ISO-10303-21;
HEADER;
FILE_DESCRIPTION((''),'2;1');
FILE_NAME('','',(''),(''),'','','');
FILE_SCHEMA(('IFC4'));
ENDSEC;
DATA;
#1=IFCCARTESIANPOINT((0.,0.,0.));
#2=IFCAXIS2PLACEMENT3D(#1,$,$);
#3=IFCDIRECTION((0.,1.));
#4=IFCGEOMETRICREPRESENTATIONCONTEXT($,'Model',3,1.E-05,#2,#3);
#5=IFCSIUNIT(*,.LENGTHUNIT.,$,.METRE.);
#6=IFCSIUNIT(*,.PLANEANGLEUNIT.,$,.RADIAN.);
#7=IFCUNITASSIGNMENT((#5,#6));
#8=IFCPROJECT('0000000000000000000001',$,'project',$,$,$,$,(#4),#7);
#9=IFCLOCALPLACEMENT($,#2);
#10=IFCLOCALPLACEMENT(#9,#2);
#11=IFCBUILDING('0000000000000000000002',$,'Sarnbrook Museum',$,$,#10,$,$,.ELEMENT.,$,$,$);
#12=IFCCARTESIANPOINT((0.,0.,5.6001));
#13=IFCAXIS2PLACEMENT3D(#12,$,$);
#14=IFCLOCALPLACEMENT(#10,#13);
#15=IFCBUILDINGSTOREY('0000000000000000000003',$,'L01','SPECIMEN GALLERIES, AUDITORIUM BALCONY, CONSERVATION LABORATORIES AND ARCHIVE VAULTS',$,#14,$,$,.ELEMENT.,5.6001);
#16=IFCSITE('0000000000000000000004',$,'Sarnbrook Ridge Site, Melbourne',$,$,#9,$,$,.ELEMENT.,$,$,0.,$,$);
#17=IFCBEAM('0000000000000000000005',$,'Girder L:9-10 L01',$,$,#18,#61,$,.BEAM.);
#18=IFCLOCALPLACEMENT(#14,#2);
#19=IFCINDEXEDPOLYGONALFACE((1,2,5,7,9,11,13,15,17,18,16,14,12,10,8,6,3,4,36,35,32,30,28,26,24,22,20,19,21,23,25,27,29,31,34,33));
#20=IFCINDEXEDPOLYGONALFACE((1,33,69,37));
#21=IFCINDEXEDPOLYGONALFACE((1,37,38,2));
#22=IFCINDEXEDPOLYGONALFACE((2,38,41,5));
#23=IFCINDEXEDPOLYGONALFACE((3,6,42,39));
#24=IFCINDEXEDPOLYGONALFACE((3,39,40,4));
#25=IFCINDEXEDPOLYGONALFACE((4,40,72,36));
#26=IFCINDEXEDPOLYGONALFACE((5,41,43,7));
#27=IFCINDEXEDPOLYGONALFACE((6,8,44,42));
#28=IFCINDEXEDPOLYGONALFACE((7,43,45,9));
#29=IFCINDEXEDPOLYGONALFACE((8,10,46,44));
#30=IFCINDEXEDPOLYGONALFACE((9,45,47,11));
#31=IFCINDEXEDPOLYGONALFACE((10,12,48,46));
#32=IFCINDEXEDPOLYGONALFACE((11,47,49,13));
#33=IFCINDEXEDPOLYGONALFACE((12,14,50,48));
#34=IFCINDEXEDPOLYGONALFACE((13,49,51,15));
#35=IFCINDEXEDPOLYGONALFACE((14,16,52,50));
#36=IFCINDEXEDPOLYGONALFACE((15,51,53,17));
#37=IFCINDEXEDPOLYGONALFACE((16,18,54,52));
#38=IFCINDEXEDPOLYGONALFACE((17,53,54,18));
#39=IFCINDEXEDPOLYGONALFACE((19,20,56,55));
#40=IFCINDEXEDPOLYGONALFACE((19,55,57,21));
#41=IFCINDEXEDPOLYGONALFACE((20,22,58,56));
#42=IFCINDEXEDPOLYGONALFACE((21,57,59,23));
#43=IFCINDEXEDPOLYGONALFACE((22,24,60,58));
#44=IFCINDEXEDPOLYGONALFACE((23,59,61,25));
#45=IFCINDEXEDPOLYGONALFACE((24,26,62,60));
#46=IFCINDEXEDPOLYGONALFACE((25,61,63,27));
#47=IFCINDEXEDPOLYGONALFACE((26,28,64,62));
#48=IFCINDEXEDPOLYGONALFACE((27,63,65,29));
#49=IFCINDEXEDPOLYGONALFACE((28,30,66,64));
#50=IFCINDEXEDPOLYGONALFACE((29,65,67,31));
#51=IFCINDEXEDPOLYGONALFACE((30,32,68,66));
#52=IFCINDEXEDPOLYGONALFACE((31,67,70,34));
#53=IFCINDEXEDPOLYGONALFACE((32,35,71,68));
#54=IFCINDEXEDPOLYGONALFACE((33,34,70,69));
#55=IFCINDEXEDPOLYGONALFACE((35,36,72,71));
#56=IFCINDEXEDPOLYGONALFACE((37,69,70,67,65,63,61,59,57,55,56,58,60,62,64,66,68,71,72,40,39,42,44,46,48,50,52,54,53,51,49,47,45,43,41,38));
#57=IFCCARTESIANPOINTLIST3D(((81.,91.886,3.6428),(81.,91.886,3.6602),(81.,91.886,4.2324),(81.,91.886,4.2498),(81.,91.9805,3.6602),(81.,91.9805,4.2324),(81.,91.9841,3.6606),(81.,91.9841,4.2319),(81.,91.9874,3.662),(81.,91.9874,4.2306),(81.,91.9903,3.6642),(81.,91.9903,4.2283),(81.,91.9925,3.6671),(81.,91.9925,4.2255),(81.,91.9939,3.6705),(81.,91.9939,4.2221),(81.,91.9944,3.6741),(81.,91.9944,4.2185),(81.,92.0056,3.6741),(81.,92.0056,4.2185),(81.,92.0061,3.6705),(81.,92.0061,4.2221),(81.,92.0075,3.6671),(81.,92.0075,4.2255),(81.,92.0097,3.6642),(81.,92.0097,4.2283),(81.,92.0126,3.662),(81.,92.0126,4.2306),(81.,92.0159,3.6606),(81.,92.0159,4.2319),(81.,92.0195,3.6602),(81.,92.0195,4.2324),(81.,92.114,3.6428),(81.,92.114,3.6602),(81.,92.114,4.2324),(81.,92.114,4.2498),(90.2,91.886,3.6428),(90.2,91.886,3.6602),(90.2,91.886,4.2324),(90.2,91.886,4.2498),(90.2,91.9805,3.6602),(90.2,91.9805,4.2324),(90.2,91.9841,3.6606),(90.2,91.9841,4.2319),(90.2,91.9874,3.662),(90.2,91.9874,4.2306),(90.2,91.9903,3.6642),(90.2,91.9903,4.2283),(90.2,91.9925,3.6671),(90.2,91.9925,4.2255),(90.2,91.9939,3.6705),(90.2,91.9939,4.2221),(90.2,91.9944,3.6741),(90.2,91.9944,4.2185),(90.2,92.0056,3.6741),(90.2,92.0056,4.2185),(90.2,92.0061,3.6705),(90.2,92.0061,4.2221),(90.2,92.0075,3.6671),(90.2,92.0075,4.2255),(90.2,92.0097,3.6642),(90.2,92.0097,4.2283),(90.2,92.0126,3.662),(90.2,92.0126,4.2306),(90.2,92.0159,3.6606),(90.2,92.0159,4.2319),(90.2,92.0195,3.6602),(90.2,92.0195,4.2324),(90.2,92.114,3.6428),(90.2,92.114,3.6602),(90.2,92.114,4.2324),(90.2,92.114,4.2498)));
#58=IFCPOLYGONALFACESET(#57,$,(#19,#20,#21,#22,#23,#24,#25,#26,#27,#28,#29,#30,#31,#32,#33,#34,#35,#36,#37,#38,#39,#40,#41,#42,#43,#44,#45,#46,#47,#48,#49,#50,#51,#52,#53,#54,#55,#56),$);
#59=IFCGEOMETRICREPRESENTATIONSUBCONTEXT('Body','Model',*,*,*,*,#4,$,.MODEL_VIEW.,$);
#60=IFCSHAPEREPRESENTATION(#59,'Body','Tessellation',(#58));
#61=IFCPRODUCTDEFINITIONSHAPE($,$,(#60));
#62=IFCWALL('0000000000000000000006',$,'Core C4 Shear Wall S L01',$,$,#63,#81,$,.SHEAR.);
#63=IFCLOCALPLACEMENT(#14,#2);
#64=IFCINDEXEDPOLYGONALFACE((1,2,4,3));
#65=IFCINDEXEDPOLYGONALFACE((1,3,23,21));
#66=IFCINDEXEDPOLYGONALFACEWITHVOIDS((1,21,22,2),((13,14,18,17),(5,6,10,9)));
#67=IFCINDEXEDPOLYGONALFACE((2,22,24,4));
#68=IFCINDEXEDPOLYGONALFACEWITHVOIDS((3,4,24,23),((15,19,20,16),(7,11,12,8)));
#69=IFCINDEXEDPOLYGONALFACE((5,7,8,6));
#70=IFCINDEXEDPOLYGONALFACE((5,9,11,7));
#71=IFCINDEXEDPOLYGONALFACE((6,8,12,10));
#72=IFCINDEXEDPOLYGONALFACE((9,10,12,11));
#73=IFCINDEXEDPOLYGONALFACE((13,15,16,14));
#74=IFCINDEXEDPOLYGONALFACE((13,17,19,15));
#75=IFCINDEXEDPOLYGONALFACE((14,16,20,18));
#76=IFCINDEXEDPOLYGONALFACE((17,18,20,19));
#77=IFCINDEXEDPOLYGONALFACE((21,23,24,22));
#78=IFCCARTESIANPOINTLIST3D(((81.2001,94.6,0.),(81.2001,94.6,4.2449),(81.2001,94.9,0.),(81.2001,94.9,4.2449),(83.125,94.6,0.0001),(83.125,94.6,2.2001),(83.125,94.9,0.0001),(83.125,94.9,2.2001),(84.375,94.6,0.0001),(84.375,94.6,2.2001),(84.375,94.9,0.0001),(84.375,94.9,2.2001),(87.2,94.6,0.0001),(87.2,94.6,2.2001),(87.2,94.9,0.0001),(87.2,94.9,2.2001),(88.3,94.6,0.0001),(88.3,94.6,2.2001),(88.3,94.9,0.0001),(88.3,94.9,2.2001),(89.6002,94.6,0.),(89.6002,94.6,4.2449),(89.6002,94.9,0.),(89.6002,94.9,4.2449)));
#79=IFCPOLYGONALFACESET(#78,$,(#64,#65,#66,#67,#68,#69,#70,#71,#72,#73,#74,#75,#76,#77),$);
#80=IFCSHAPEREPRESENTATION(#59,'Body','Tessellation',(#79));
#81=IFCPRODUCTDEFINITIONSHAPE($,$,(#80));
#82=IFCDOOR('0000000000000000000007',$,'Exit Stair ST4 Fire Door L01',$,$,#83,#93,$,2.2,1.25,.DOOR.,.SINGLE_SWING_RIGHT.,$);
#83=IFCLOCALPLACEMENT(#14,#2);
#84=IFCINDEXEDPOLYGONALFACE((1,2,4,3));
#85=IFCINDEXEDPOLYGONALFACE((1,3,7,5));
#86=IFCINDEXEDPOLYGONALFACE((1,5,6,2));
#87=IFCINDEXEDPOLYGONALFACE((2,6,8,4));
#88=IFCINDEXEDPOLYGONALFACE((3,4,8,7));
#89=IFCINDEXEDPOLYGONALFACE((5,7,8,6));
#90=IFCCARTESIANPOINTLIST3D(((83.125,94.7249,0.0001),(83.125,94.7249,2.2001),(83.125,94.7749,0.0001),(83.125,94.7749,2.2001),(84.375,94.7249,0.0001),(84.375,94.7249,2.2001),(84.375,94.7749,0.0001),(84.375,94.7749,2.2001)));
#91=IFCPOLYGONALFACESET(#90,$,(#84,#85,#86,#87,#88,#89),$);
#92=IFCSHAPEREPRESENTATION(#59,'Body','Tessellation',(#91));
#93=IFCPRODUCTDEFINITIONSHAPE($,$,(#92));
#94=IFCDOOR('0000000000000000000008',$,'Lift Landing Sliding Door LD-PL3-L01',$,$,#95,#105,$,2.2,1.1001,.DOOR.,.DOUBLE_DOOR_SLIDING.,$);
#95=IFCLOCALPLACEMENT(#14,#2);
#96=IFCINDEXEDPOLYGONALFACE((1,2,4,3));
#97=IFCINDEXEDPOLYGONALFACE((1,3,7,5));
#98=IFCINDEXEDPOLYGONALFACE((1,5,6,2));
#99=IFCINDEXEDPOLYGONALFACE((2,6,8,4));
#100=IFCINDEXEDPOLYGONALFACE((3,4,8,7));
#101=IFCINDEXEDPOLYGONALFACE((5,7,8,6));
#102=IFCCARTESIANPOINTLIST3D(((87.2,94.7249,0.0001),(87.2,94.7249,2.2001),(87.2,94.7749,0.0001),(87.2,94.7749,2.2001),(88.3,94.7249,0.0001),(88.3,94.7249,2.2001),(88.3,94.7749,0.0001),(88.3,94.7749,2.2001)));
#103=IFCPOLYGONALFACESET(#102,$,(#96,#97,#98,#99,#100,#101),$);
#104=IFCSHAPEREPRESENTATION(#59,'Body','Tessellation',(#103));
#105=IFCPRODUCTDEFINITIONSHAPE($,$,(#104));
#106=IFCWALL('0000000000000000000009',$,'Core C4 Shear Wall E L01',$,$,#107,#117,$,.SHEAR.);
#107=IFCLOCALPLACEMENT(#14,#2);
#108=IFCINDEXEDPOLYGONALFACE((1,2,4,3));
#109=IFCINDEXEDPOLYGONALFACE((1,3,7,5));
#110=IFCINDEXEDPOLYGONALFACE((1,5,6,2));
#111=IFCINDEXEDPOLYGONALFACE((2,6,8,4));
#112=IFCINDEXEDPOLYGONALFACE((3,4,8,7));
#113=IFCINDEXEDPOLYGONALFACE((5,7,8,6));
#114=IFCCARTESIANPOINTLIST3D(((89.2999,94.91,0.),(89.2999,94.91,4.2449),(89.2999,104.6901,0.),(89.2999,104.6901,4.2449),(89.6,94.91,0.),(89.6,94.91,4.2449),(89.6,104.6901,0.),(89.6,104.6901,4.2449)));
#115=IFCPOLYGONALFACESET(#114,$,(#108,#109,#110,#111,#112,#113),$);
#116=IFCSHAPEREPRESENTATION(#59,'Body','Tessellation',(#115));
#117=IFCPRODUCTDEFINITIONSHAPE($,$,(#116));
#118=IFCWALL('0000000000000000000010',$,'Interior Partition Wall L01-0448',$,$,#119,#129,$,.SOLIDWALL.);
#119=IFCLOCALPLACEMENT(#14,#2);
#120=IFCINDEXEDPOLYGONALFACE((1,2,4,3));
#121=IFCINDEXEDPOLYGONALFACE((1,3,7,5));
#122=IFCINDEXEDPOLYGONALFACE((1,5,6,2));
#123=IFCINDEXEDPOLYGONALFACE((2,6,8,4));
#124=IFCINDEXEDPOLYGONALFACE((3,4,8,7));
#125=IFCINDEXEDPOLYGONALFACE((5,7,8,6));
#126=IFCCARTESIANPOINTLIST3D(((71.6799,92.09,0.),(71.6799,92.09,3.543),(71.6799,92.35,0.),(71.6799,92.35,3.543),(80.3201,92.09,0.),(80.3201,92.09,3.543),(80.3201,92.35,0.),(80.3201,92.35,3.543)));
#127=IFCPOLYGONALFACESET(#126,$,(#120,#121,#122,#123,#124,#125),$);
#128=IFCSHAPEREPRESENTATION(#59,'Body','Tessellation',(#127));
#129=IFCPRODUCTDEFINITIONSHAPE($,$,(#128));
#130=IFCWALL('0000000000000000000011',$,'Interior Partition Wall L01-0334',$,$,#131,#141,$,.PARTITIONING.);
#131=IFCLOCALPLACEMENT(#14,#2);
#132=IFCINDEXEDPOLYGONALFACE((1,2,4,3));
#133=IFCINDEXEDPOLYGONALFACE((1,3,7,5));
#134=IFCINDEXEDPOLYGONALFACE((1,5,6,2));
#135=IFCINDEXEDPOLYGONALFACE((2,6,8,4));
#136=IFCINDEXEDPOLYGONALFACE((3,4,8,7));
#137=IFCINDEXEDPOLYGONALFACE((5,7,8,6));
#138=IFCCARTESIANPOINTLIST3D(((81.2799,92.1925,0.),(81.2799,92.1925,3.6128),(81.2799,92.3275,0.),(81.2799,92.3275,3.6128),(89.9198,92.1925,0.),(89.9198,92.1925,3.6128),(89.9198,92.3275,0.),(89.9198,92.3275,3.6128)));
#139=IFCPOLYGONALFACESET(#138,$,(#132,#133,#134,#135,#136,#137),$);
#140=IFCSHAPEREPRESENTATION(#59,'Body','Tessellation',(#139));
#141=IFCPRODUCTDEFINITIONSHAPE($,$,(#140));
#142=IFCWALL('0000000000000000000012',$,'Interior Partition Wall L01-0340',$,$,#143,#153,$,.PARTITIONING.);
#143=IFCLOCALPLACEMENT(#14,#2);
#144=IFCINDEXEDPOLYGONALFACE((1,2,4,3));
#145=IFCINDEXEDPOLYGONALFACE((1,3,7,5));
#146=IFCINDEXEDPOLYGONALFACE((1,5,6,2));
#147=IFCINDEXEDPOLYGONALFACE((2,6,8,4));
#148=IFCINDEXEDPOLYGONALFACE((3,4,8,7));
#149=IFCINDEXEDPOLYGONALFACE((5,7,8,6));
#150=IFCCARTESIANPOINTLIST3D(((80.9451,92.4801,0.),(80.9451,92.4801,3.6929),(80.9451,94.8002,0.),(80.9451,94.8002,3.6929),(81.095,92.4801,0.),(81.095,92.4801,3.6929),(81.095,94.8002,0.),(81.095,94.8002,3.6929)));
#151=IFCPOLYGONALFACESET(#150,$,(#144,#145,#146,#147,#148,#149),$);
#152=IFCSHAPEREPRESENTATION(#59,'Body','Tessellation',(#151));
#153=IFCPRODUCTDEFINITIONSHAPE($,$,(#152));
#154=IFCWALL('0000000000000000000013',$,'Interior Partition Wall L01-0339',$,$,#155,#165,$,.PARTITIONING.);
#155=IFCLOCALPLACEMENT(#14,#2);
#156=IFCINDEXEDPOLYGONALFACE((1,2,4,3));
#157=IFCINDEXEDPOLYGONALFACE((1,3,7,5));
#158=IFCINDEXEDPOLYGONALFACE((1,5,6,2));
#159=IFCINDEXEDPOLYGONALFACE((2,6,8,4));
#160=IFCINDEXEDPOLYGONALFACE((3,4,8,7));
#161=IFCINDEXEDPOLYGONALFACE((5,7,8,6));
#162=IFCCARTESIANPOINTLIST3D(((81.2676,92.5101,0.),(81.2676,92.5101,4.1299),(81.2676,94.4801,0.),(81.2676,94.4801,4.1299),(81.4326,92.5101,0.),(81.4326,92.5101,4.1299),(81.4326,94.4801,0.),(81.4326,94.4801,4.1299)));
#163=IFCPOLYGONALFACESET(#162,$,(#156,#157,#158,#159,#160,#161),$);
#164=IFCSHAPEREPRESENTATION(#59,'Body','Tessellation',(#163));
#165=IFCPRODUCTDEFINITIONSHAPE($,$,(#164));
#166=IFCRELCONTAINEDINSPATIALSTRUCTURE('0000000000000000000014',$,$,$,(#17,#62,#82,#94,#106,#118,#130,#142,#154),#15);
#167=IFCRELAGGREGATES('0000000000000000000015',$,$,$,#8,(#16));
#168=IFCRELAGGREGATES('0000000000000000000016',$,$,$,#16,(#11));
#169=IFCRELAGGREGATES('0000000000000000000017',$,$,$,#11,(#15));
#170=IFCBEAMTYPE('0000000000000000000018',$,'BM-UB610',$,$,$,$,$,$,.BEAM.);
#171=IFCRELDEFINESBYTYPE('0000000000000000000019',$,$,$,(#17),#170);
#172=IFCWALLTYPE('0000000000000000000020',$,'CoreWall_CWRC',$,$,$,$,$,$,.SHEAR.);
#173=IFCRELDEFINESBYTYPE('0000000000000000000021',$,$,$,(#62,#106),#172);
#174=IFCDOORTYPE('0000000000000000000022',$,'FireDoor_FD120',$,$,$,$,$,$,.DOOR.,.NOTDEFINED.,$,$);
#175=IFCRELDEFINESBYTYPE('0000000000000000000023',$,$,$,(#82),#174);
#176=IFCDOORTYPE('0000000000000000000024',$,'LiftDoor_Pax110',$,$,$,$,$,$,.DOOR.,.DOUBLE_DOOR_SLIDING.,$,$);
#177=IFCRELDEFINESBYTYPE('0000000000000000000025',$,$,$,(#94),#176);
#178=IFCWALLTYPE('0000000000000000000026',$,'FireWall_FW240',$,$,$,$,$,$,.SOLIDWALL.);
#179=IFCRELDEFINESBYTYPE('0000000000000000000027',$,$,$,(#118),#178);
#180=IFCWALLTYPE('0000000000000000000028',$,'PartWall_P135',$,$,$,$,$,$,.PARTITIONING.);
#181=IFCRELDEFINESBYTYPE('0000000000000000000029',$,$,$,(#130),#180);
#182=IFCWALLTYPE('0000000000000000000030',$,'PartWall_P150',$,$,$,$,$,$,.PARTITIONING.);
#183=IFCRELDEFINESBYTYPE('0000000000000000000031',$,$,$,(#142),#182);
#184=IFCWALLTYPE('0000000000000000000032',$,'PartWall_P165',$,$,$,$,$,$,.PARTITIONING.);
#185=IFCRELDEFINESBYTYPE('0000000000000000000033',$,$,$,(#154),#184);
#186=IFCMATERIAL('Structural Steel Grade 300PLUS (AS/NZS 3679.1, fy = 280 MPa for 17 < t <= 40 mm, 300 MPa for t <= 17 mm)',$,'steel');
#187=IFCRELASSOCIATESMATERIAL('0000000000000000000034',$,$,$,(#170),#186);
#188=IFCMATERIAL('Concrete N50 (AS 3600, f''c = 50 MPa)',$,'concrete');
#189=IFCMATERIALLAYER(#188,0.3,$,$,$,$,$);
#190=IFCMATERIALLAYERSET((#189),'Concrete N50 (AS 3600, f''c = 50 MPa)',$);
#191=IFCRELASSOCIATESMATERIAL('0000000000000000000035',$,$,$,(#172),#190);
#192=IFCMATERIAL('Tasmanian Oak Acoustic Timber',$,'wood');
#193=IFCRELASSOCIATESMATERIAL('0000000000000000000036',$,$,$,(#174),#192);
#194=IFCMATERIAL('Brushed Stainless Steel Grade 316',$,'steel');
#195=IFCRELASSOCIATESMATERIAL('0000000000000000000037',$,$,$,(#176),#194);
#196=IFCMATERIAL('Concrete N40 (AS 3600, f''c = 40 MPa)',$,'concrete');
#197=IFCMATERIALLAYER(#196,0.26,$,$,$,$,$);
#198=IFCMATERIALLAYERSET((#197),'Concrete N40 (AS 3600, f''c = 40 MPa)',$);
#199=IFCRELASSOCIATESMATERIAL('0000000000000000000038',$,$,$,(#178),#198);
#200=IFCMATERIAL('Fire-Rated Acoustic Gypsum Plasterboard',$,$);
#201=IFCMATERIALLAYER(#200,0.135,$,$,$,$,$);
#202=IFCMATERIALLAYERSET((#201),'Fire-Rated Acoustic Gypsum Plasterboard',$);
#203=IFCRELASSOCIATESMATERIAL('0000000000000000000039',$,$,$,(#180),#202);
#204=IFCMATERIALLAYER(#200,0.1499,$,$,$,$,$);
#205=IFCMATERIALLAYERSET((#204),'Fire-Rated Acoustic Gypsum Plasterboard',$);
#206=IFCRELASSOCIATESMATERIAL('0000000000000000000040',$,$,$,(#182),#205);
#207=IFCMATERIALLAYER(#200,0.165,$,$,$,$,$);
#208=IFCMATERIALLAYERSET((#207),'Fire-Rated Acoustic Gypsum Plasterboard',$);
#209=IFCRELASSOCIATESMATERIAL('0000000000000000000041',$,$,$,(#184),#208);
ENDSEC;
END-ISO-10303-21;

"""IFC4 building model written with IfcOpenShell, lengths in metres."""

from ifc_helpers import new_model, si_unit, direction, frame, frame_2d, origin, origin_2d, place, context, subcontext, project, spatial, rectangle, i_section, extrude, material, layer, layer_set, material_profile, profile_set, type_object, element, fill, save


model = new_model("IFC4")

# Units and contexts
model_context = context("Model", 3, precision=1e-05, world=origin(), true_north=direction((0.0, 1.0)))
body_context = subcontext(model_context, "Body", "Model", "MODEL_VIEW")
ifc_project = project(units=[si_unit("LENGTHUNIT", "METRE"), si_unit("PLANEANGLEUNIT", "RADIAN")], contexts=[model_context])

# Site, building, storey
site_placement = place(None, origin())
site = spatial("IfcSite", under=ifc_project, at=site_placement, Name="Sarnbrook Ridge Site, Melbourne", CompositionType="ELEMENT", RefElevation=0.0)
building_placement = place(site_placement, origin())
building = spatial("IfcBuilding", under=site, at=building_placement, Name="Sarnbrook Museum", CompositionType="ELEMENT")
storey_placement = place(building_placement, frame((0.0, 0.0, 5.6001)))
storey = spatial("IfcBuildingStorey", under=building, at=storey_placement, Name="L01", Description="SPECIMEN GALLERIES, AUDITORIUM BALCONY, CONSERVATION LABORATORIES AND ARCHIVE VAULTS", CompositionType="ELEMENT", Elevation=5.6001)

# Beam
ifc_material_1 = material(Name="Structural Steel Grade 300PLUS (AS/NZS 3679.1, fy = 280 MPa for 17 < t <= 40 mm, 300 MPa for t <= 17 mm)", Category="steel")
ifc_material_profile_1 = material_profile(ifc_material_1, i_section(OverallWidth=0.228, OverallDepth=0.6069, WebThickness=0.0112, FlangeThickness=0.0173, FilletRadius=0.0139, at=origin_2d()), Name="610UB113")
ifc_profile_set_1 = profile_set([ifc_material_profile_1], Name="Structural Steel Grade 300PLUS (AS/NZS 3679.1, fy = 280 MPa for 17 < t <= 40 mm, 300 MPa for t <= 17 mm)")
beam_type_1 = type_object("IfcBeamType", Name="BM-UB610", PredefinedType="BEAM", material=ifc_profile_set_1)
beam_placement = place(storey_placement, frame((81.0, 92.0, 3.9463), z_axis=(1.0, 0.0, 0.0), x_axis=(0.0, 1.0, 0.0)))
element("IfcBeam", 1, at=beam_placement, inside=storey, type_object=beam_type_1, Name="Girder L:9-10 L01", PredefinedType="BEAM", context=body_context, shape_type="SweptSolid", body=[
    extrude(i_section(OverallWidth=0.228, OverallDepth=0.6069, WebThickness=0.0112, FlangeThickness=0.0173, FilletRadius=0.0139, at=origin_2d()), origin(), (0.0, 0.0, 1.0), 9.2),
])

# Wall, openings, doors
ifc_material_2 = material(Name="Concrete N50 (AS 3600, f'c = 50 MPa)", Category="concrete")
ifc_layer_1 = layer(ifc_material_2, 0.3)
ifc_layer_set_1 = layer_set([ifc_layer_1], Name="Concrete N50 (AS 3600, f'c = 50 MPa)")
wall_type_1 = type_object("IfcWallType", Name="CoreWall_CWRC", PredefinedType="SHEAR", material=ifc_layer_set_1)
wall_1_placement = place(storey_placement, frame((81.2, 94.75, 0.0), z_axis=(0.0, 0.0, 1.0), x_axis=(1.0, 0.0, 0.0)))
wall_1 = element("IfcWall", 2, at=wall_1_placement, inside=storey, type_object=wall_type_1, Name="Core C4 Shear Wall S L01", PredefinedType="SHEAR", context=body_context, shape_type="SweptSolid", body=[
    extrude(rectangle(XDim=8.4001, YDim=0.3, at=frame_2d((4.2002, 0.0))), origin(), (0.0, 0.0, 1.0), 4.2449),
])
opening_1_placement = place(wall_1_placement, frame((1.925, 0.0, 0.0)))
opening_1 = element("IfcOpeningElement", 3, at=opening_1_placement, cuts=wall_1, PredefinedType="OPENING", context=body_context, shape_type="SweptSolid", body=[
    extrude(rectangle(XDim=1.25, YDim=2.2, at=frame_2d((0.625, 1.1001))), frame((0.0, 0.1602, 0.0), z_axis=(0.0, -1.0, 0.0), x_axis=(1.0, 0.0, 0.0)), (0.0, 0.0, 1.0), 0.3201),
])
opening_2_placement = place(wall_1_placement, frame((6.0, 0.0, 0.0)))
opening_2 = element("IfcOpeningElement", 4, at=opening_2_placement, cuts=wall_1, PredefinedType="OPENING", context=body_context, shape_type="SweptSolid", body=[
    extrude(rectangle(XDim=1.1001, YDim=2.2, at=frame_2d((0.55, 1.1001))), frame((0.0, 0.1602, 0.0), z_axis=(0.0, -1.0, 0.0), x_axis=(1.0, 0.0, 0.0)), (0.0, 0.0, 1.0), 0.3201),
])
ifc_material_3 = material(Name="Tasmanian Oak Acoustic Timber", Category="wood")
door_type_1 = type_object("IfcDoorType", Name="FireDoor_FD120", OperationType="NOTDEFINED", PredefinedType="DOOR", material=ifc_material_3)
door_1_placement = place(opening_1_placement, origin())
door_1 = element("IfcDoor", 5, at=door_1_placement, inside=storey, type_object=door_type_1, Name="Exit Stair ST4 Fire Door L01", OperationType="SINGLE_SWING_RIGHT", OverallHeight=2.2, OverallWidth=1.25, PredefinedType="DOOR", context=body_context, shape_type="SweptSolid", body=[
    extrude(rectangle(XDim=1.25, YDim=2.2, at=frame_2d((0.625, 1.1001))), frame((0.0, 0.0249, 0.0), z_axis=(0.0, -1.0, 0.0), x_axis=(1.0, 0.0, 0.0)), (0.0, 0.0, 1.0), 0.05),
])
fill(opening_1, door_1)
ifc_material_4 = material(Name="Brushed Stainless Steel Grade 316", Category="steel")
door_type_2 = type_object("IfcDoorType", Name="LiftDoor_Pax110", OperationType="DOUBLE_DOOR_SLIDING", PredefinedType="DOOR", material=ifc_material_4)
door_2_placement = place(opening_2_placement, origin())
door_2 = element("IfcDoor", 6, at=door_2_placement, inside=storey, type_object=door_type_2, Name="Lift Landing Sliding Door LD-PL3-L01", OperationType="DOUBLE_DOOR_SLIDING", OverallHeight=2.2, OverallWidth=1.1001, PredefinedType="DOOR", context=body_context, shape_type="SweptSolid", body=[
    extrude(rectangle(XDim=1.1001, YDim=2.2, at=frame_2d((0.55, 1.1001))), frame((0.0, 0.0249, 0.0), z_axis=(0.0, -1.0, 0.0), x_axis=(1.0, 0.0, 0.0)), (0.0, 0.0, 1.0), 0.05),
])
fill(opening_2, door_2)

# Walls
wall_2_placement = place(storey_placement, frame((89.45, 94.9099, 0.0), z_axis=(0.0, 0.0, 1.0), x_axis=(0.0, 1.0, 0.0)))
element("IfcWall", 7, at=wall_2_placement, inside=storey, type_object=wall_type_1, Name="Core C4 Shear Wall E L01", PredefinedType="SHEAR", context=body_context, shape_type="SweptSolid", body=[
    extrude(rectangle(XDim=9.78, YDim=0.3, at=frame_2d((4.8901, 0.0))), origin(), (0.0, 0.0, 1.0), 4.2449),
])
ifc_material_5 = material(Name="Concrete N40 (AS 3600, f'c = 40 MPa)", Category="concrete")
ifc_layer_2 = layer(ifc_material_5, 0.26)
ifc_layer_set_2 = layer_set([ifc_layer_2], Name="Concrete N40 (AS 3600, f'c = 40 MPa)")
wall_type_2 = type_object("IfcWallType", Name="FireWall_FW240", PredefinedType="SOLIDWALL", material=ifc_layer_set_2)
wall_3_placement = place(storey_placement, frame((80.3201, 92.22, 0.0), z_axis=(0.0, 0.0, 1.0), x_axis=(-1.0, 0.0, 0.0)))
element("IfcWall", 8, at=wall_3_placement, inside=storey, type_object=wall_type_2, Name="Interior Partition Wall L01-0448", PredefinedType="SOLIDWALL", context=body_context, shape_type="SweptSolid", body=[
    extrude(rectangle(XDim=8.6401, YDim=0.26, at=frame_2d((4.3201, 0.0))), origin(), (0.0, 0.0, 1.0), 3.543),
])
ifc_material_6 = material(Name="Fire-Rated Acoustic Gypsum Plasterboard")
ifc_layer_3 = layer(ifc_material_6, 0.135)
ifc_layer_set_3 = layer_set([ifc_layer_3], Name="Fire-Rated Acoustic Gypsum Plasterboard")
wall_type_3 = type_object("IfcWallType", Name="PartWall_P135", PredefinedType="PARTITIONING", material=ifc_layer_set_3)
wall_4_placement = place(storey_placement, frame((81.28, 92.26, 0.0), z_axis=(0.0, 0.0, 1.0), x_axis=(1.0, 0.0, 0.0)))
element("IfcWall", 9, at=wall_4_placement, inside=storey, type_object=wall_type_3, Name="Interior Partition Wall L01-0334", PredefinedType="PARTITIONING", context=body_context, shape_type="SweptSolid", body=[
    extrude(rectangle(XDim=8.6399, YDim=0.135, at=frame_2d((4.3198, 0.0))), origin(), (0.0, 0.0, 1.0), 3.6128),
])
ifc_layer_4 = layer(ifc_material_6, 0.1499)
ifc_layer_set_4 = layer_set([ifc_layer_4], Name="Fire-Rated Acoustic Gypsum Plasterboard")
wall_type_4 = type_object("IfcWallType", Name="PartWall_P150", PredefinedType="PARTITIONING", material=ifc_layer_set_4)
wall_5_placement = place(storey_placement, frame((81.02, 92.48, 0.0), z_axis=(0.0, 0.0, 1.0), x_axis=(0.0, 1.0, 0.0)))
element("IfcWall", 10, at=wall_5_placement, inside=storey, type_object=wall_type_4, Name="Interior Partition Wall L01-0340", PredefinedType="PARTITIONING", context=body_context, shape_type="SweptSolid", body=[
    extrude(rectangle(XDim=2.3201, YDim=0.1499, at=frame_2d((1.1602, 0.0))), origin(), (0.0, 0.0, 1.0), 3.6929),
])
ifc_layer_5 = layer(ifc_material_6, 0.165)
ifc_layer_set_5 = layer_set([ifc_layer_5], Name="Fire-Rated Acoustic Gypsum Plasterboard")
wall_type_5 = type_object("IfcWallType", Name="PartWall_P165", PredefinedType="PARTITIONING", material=ifc_layer_set_5)
wall_6_placement = place(storey_placement, frame((81.3501, 94.48, 0.0), z_axis=(0.0, 0.0, 1.0), x_axis=(0.0, -1.0, 0.0)))
element("IfcWall", 11, at=wall_6_placement, inside=storey, type_object=wall_type_5, Name="Interior Partition Wall L01-0339", PredefinedType="PARTITIONING", context=body_context, shape_type="SweptSolid", body=[
    extrude(rectangle(XDim=1.97, YDim=0.165, at=frame_2d((0.9849, 0.0))), origin(), (0.0, 0.0, 1.0), 4.1299),
])

save(model, "model.ifc")
